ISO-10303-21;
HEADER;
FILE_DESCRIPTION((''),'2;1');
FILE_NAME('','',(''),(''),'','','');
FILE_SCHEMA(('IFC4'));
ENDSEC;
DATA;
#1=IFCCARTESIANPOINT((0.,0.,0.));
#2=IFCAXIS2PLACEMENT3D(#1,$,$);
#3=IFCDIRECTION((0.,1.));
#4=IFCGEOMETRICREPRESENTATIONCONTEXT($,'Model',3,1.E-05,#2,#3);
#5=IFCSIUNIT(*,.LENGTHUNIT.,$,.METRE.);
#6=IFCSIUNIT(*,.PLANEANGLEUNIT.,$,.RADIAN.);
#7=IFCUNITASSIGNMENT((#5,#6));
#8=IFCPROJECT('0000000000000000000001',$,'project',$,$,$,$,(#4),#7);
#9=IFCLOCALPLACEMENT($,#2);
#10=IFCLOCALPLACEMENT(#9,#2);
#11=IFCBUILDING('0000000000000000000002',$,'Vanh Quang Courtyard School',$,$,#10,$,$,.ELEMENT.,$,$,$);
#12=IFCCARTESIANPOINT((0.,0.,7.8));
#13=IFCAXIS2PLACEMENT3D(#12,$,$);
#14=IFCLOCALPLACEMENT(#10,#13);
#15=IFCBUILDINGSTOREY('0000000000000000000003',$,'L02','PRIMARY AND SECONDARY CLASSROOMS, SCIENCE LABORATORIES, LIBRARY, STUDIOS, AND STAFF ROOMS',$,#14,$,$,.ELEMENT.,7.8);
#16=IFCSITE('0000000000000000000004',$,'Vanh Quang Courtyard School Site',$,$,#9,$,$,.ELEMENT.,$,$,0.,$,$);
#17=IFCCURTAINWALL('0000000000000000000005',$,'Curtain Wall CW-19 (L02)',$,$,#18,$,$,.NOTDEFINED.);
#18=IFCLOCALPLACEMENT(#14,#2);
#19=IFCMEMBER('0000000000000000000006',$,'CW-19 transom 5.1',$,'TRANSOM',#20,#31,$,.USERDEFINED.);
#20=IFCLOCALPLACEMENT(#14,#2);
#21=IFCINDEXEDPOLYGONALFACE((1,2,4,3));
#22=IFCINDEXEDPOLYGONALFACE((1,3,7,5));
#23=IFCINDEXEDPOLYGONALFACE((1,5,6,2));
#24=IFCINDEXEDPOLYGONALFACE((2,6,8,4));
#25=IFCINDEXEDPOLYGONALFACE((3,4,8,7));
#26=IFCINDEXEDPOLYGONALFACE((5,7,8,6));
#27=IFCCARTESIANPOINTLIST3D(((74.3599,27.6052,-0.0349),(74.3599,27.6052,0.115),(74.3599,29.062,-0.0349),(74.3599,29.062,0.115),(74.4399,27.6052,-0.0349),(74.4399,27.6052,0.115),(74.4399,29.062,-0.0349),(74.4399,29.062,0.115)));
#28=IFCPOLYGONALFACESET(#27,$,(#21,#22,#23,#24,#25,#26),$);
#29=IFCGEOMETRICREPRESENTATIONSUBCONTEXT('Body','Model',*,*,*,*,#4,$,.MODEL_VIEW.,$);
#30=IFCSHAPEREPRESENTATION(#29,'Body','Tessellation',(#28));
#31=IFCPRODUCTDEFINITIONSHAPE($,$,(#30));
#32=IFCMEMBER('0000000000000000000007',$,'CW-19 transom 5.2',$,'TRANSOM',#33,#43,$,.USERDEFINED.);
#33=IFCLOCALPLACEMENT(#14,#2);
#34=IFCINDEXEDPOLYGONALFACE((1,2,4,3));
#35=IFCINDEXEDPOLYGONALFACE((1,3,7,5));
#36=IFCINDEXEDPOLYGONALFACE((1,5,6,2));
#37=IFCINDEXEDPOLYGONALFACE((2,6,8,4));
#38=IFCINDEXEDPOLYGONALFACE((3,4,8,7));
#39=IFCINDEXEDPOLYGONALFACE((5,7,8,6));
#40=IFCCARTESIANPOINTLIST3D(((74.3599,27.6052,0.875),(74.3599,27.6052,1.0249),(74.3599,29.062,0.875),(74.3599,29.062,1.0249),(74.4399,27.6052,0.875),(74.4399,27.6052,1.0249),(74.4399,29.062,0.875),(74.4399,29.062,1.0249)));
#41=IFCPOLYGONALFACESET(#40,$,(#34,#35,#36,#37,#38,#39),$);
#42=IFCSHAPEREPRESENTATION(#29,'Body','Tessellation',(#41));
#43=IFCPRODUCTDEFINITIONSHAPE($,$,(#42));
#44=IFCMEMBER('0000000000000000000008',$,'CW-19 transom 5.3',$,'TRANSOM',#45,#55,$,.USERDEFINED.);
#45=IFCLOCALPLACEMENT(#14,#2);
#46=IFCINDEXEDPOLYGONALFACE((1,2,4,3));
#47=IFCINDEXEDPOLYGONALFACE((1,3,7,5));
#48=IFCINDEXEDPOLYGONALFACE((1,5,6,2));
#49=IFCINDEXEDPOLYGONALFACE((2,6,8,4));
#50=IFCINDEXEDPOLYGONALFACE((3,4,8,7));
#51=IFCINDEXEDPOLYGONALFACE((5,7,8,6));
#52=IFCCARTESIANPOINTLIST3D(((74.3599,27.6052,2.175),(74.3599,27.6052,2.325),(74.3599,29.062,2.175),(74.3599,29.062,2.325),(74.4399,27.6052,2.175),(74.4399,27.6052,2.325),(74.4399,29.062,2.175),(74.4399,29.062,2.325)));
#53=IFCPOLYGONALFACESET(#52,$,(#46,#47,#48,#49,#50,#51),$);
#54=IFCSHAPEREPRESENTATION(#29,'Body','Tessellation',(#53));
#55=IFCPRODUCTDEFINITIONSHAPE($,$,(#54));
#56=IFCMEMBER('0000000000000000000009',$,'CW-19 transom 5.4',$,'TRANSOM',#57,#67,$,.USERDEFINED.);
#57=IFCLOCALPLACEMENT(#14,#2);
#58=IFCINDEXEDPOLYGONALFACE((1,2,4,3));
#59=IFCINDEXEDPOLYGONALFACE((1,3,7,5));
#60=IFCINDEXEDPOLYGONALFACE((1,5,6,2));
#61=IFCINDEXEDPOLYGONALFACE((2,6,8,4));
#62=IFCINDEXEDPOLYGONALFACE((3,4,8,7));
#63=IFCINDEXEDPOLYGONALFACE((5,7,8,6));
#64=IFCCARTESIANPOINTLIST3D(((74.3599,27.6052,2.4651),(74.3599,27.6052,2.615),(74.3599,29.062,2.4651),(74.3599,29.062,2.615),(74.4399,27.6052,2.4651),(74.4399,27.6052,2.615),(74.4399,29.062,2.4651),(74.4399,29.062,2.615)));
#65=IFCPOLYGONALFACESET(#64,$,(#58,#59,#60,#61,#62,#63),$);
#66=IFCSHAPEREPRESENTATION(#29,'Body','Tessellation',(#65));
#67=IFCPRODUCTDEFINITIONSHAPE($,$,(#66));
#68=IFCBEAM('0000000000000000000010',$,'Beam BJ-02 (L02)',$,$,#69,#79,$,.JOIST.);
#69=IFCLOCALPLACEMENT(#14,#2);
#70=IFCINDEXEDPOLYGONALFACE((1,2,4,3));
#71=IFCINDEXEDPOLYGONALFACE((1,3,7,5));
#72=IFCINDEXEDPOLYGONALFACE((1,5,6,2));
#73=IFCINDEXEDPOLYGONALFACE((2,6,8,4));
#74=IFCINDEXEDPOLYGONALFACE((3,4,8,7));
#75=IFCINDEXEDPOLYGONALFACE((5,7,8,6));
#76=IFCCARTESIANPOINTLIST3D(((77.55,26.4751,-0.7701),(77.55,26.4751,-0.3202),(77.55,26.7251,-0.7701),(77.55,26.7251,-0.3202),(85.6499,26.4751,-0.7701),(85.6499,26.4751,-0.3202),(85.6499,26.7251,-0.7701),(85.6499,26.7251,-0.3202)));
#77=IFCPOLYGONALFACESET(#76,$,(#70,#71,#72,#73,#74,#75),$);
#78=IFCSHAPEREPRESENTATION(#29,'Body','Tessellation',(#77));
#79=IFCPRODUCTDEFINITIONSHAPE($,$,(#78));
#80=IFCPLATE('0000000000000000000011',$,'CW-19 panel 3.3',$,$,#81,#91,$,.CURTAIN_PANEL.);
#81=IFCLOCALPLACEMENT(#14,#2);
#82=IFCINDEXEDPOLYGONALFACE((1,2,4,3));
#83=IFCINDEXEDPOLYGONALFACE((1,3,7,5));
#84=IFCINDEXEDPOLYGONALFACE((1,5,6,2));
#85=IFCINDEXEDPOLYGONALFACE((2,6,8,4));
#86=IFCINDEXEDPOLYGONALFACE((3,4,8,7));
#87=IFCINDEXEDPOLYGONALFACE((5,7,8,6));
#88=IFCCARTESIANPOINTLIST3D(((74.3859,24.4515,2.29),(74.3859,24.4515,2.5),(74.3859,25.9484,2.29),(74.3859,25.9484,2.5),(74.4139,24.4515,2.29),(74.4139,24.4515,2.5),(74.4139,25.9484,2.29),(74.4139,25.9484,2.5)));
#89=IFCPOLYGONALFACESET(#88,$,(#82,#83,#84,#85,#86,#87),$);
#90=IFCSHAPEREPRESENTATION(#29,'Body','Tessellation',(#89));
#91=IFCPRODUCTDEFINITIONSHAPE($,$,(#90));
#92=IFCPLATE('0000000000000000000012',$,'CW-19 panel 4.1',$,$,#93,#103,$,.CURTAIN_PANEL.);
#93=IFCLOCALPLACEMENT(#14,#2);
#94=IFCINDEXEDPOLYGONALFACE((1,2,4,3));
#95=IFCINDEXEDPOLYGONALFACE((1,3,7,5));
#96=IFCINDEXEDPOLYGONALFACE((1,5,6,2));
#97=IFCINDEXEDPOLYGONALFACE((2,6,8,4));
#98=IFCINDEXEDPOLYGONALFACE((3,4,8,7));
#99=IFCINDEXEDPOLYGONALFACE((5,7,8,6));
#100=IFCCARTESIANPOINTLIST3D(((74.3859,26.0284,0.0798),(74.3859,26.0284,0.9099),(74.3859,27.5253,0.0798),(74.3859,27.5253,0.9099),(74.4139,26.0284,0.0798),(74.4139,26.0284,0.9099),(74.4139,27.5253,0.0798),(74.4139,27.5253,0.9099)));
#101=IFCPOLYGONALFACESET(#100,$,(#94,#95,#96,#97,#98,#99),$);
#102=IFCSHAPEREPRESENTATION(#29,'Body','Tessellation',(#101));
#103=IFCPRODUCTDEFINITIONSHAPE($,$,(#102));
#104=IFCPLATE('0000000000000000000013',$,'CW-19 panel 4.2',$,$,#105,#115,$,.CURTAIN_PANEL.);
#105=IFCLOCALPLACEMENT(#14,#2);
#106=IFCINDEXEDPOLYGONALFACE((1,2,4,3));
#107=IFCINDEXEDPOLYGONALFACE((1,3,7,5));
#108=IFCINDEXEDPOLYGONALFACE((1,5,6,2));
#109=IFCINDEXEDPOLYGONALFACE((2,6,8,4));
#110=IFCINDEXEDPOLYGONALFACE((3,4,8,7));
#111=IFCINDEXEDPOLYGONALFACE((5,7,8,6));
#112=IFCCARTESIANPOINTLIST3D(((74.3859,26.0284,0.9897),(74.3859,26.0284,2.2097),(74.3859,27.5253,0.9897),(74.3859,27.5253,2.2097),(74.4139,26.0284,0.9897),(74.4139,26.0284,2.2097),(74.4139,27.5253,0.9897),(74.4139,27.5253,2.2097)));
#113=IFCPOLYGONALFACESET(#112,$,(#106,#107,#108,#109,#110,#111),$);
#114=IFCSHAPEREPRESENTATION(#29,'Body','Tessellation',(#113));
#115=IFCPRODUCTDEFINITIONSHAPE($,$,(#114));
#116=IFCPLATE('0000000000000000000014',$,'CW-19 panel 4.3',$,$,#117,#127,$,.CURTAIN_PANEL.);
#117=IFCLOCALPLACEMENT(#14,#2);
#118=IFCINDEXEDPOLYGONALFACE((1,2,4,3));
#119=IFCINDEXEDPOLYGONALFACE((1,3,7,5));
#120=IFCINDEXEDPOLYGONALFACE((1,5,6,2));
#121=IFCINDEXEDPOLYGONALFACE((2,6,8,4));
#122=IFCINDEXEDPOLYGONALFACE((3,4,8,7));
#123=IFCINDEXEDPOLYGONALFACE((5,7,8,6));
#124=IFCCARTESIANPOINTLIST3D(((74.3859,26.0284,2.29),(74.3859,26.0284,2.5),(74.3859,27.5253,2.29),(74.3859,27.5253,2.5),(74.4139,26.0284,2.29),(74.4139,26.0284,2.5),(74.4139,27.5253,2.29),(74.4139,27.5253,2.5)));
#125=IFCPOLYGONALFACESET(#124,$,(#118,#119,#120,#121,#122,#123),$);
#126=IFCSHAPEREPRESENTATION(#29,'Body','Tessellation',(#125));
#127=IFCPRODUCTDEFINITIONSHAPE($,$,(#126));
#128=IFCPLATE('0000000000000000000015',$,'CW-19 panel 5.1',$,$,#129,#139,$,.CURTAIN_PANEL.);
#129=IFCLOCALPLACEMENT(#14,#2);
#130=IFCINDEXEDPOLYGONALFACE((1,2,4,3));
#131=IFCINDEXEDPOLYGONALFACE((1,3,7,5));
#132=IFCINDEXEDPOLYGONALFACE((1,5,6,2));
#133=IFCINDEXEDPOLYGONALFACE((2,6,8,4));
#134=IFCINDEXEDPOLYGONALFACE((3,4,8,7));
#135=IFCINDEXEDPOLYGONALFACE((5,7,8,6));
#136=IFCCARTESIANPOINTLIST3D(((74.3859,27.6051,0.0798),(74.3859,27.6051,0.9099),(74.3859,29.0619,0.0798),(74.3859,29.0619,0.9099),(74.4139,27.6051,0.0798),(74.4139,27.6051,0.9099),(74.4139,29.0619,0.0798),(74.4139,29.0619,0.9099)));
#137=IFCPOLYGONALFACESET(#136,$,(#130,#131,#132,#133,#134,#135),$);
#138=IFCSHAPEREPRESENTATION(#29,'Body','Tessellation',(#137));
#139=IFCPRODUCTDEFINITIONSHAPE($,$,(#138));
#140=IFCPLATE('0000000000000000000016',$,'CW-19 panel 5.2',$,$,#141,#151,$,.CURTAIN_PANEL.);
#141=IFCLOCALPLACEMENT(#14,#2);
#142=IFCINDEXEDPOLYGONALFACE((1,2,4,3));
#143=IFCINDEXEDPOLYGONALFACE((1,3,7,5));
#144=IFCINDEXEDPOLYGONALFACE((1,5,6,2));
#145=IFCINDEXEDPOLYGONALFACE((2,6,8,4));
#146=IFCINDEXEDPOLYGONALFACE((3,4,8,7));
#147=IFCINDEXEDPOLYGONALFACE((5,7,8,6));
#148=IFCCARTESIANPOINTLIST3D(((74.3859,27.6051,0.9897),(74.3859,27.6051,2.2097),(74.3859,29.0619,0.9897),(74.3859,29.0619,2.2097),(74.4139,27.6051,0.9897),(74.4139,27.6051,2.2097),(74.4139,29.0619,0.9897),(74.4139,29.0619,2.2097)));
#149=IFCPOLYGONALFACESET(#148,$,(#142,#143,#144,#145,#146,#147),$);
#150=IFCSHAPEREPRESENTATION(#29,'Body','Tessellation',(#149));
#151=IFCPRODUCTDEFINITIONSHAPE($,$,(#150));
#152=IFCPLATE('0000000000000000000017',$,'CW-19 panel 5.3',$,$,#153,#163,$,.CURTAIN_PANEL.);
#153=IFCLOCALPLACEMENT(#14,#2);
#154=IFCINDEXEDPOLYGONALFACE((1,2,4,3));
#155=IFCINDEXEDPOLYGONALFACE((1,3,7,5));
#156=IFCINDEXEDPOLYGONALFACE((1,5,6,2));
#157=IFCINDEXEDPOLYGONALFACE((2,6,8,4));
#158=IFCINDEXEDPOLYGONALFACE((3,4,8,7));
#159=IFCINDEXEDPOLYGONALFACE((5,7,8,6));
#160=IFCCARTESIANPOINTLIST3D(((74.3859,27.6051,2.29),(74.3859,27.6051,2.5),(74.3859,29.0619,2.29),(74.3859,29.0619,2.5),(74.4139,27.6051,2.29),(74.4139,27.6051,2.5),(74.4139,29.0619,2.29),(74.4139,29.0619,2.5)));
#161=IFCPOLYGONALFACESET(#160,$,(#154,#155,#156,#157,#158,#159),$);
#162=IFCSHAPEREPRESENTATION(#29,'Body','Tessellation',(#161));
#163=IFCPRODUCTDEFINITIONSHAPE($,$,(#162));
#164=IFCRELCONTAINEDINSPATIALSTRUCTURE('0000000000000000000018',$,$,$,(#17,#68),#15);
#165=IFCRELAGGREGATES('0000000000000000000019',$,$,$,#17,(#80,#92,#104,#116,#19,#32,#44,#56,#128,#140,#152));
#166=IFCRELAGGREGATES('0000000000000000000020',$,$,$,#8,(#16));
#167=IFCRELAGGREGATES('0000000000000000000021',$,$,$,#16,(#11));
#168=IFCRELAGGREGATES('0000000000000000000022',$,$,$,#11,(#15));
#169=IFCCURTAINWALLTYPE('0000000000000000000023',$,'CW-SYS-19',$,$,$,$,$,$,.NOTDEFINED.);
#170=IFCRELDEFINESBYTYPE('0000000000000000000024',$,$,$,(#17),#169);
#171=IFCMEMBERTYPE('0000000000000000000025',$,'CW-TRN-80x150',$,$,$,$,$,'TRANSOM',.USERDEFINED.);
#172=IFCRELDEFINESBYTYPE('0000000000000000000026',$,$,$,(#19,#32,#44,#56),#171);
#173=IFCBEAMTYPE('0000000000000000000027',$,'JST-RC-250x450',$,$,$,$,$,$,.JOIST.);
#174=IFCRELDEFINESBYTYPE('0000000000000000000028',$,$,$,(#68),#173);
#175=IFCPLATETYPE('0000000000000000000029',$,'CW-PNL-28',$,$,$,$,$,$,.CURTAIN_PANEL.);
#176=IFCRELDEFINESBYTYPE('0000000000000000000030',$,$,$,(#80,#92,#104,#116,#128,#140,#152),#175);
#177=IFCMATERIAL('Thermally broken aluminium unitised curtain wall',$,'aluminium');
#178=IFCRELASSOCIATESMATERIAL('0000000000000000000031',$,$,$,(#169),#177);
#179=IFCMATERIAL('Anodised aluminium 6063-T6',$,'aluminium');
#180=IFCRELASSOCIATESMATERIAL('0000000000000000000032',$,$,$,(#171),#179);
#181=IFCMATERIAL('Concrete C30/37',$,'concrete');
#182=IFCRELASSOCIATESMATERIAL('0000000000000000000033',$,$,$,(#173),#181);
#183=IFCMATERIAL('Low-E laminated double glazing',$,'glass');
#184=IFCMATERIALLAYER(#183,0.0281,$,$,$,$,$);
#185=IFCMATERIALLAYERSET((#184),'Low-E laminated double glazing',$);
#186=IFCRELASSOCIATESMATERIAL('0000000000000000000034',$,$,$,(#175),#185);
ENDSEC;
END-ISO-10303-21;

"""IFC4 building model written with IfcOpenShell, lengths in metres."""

from ifc_helpers import new_model, si_unit, direction, frame, origin, origin_2d, place, context, subcontext, project, spatial, rectangle, extrude, material, layer, layer_set, material_profile, profile_set, type_object, element, aggregate, save


model = new_model("IFC4")

# Units and contexts
model_context = context("Model", 3, precision=1e-05, world=origin(), true_north=direction((0.0, 1.0)))
body_context = subcontext(model_context, "Body", "Model", "MODEL_VIEW")
ifc_project = project(units=[si_unit("LENGTHUNIT", "METRE"), si_unit("PLANEANGLEUNIT", "RADIAN")], contexts=[model_context])

# Site, building, storey
site_placement = place(None, origin())
site = spatial("IfcSite", under=ifc_project, at=site_placement, Name="Vanh Quang Courtyard School Site", CompositionType="ELEMENT", RefElevation=0.0)
building_placement = place(site_placement, origin())
building = spatial("IfcBuilding", under=site, at=building_placement, Name="Vanh Quang Courtyard School", CompositionType="ELEMENT")
storey_placement = place(building_placement, frame((0.0, 0.0, 7.8)))
storey = spatial("IfcBuildingStorey", under=building, at=storey_placement, Name="L02", Description="PRIMARY AND SECONDARY CLASSROOMS, SCIENCE LABORATORIES, LIBRARY, STUDIOS, AND STAFF ROOMS", CompositionType="ELEMENT", Elevation=7.8)

# Shared definitions
ifc_material_1 = material(Name="Thermally broken aluminium unitised curtain wall", Category="aluminium")
ifc_material_2 = material(Name="Anodised aluminium 6063-T6", Category="aluminium")

# Curtain wall, members
curtain_wall_type_1 = type_object("IfcCurtainWallType", Name="CW-SYS-19", PredefinedType="NOTDEFINED", material=ifc_material_1)
curtain_wall_1_placement = place(storey_placement, origin())
curtain_wall_1 = element("IfcCurtainWall", 1, at=curtain_wall_1_placement, inside=storey, type_object=curtain_wall_type_1, Name="Curtain Wall CW-19 (L02)", PredefinedType="NOTDEFINED")
ifc_material_profile_1 = material_profile(ifc_material_2, rectangle(XDim=0.0801, YDim=0.1499, at=origin_2d()), Name="ALU-TRN 80x150")
ifc_profile_set_1 = profile_set([ifc_material_profile_1], Name="Anodised aluminium 6063-T6")
member_type_1 = type_object("IfcMemberType", Name="CW-TRN-80x150", ElementType="TRANSOM", PredefinedType="USERDEFINED", material=ifc_profile_set_1)
member_1_placement = place(storey_placement, frame((74.3999, 27.6052, 0.04), z_axis=(0.0, 1.0, 0.0), x_axis=(-1.0, 0.0, 0.0)))
member_1 = element("IfcMember", 2, at=member_1_placement, type_object=member_type_1, Name="CW-19 transom 5.1", ObjectType="TRANSOM", PredefinedType="USERDEFINED", context=body_context, shape_type="SweptSolid", body=[
    extrude(rectangle(XDim=0.0801, YDim=0.1499, at=origin_2d()), origin(), (0.0, 0.0, 1.0), 1.4568),
])
member_2_placement = place(storey_placement, frame((74.3999, 27.6052, 0.95), z_axis=(0.0, 1.0, 0.0), x_axis=(-1.0, 0.0, 0.0)))
member_2 = element("IfcMember", 3, at=member_2_placement, type_object=member_type_1, Name="CW-19 transom 5.2", ObjectType="TRANSOM", PredefinedType="USERDEFINED", context=body_context, shape_type="SweptSolid", body=[
    extrude(rectangle(XDim=0.0801, YDim=0.1499, at=origin_2d()), origin(), (0.0, 0.0, 1.0), 1.4568),
])
member_3_placement = place(storey_placement, frame((74.3999, 27.6052, 2.25), z_axis=(0.0, 1.0, 0.0), x_axis=(-1.0, 0.0, 0.0)))
member_3 = element("IfcMember", 4, at=member_3_placement, type_object=member_type_1, Name="CW-19 transom 5.3", ObjectType="TRANSOM", PredefinedType="USERDEFINED", context=body_context, shape_type="SweptSolid", body=[
    extrude(rectangle(XDim=0.0801, YDim=0.1499, at=origin_2d()), origin(), (0.0, 0.0, 1.0), 1.4568),
])
member_4_placement = place(storey_placement, frame((74.3999, 27.6052, 2.54), z_axis=(0.0, 1.0, 0.0), x_axis=(-1.0, 0.0, 0.0)))
member_4 = element("IfcMember", 5, at=member_4_placement, type_object=member_type_1, Name="CW-19 transom 5.4", ObjectType="TRANSOM", PredefinedType="USERDEFINED", context=body_context, shape_type="SweptSolid", body=[
    extrude(rectangle(XDim=0.0801, YDim=0.1499, at=origin_2d()), origin(), (0.0, 0.0, 1.0), 1.4568),
])

# Beam
ifc_material_3 = material(Name="Concrete C30/37", Category="concrete")
ifc_material_profile_2 = material_profile(ifc_material_3, rectangle(XDim=0.25, YDim=0.45, at=origin_2d()), Name="RC-JST 250x450")
ifc_profile_set_2 = profile_set([ifc_material_profile_2], Name="Concrete C30/37")
beam_type_1 = type_object("IfcBeamType", Name="JST-RC-250x450", PredefinedType="JOIST", material=ifc_profile_set_2)
beam_1_placement = place(storey_placement, frame((77.55, 26.6001, -0.5452), z_axis=(1.0, 0.0, 0.0), x_axis=(0.0, 1.0, 0.0)))
element("IfcBeam", 6, at=beam_1_placement, inside=storey, type_object=beam_type_1, Name="Beam BJ-02 (L02)", PredefinedType="JOIST", context=body_context, shape_type="SweptSolid", body=[
    extrude(rectangle(XDim=0.25, YDim=0.45, at=origin_2d()), origin(), (0.0, 0.0, 1.0), 8.0999),
])

# Plates
ifc_material_4 = material(Name="Low-E laminated double glazing", Category="glass")
ifc_layer = layer(ifc_material_4, 0.0281)
ifc_layer_set = layer_set([ifc_layer], Name="Low-E laminated double glazing")
plate_type = type_object("IfcPlateType", Name="CW-PNL-28", PredefinedType="CURTAIN_PANEL", material=ifc_layer_set)
plate_1_placement = place(storey_placement, frame((74.3999, 25.2, 2.29), z_axis=(0.0, 0.0, 1.0), x_axis=(0.0, 1.0, 0.0)))
plate_1 = element("IfcPlate", 7, at=plate_1_placement, type_object=plate_type, Name="CW-19 panel 3.3", PredefinedType="CURTAIN_PANEL", context=body_context, shape_type="SweptSolid", body=[
    extrude(rectangle(XDim=1.4968, YDim=0.0281, at=origin_2d()), origin(), (0.0, 0.0, 1.0), 0.21),
])
plate_2_placement = place(storey_placement, frame((74.3999, 26.7769, 0.0798), z_axis=(0.0, 0.0, 1.0), x_axis=(0.0, 1.0, 0.0)))
plate_2 = element("IfcPlate", 8, at=plate_2_placement, type_object=plate_type, Name="CW-19 panel 4.1", PredefinedType="CURTAIN_PANEL", context=body_context, shape_type="SweptSolid", body=[
    extrude(rectangle(XDim=1.4968, YDim=0.0281, at=origin_2d()), origin(), (0.0, 0.0, 1.0), 0.8301),
])
plate_3_placement = place(storey_placement, frame((74.3999, 26.7769, 0.9897), z_axis=(0.0, 0.0, 1.0), x_axis=(0.0, 1.0, 0.0)))
plate_3 = element("IfcPlate", 9, at=plate_3_placement, type_object=plate_type, Name="CW-19 panel 4.2", PredefinedType="CURTAIN_PANEL", context=body_context, shape_type="SweptSolid", body=[
    extrude(rectangle(XDim=1.4968, YDim=0.0281, at=origin_2d()), origin(), (0.0, 0.0, 1.0), 1.22),
])
plate_4_placement = place(storey_placement, frame((74.3999, 26.7769, 2.29), z_axis=(0.0, 0.0, 1.0), x_axis=(0.0, 1.0, 0.0)))
plate_4 = element("IfcPlate", 10, at=plate_4_placement, type_object=plate_type, Name="CW-19 panel 4.3", PredefinedType="CURTAIN_PANEL", context=body_context, shape_type="SweptSolid", body=[
    extrude(rectangle(XDim=1.4968, YDim=0.0281, at=origin_2d()), origin(), (0.0, 0.0, 1.0), 0.21),
])
plate_5_placement = place(storey_placement, frame((74.3999, 28.3335, 0.0798), z_axis=(0.0, 0.0, 1.0), x_axis=(0.0, 1.0, 0.0)))
plate_5 = element("IfcPlate", 11, at=plate_5_placement, type_object=plate_type, Name="CW-19 panel 5.1", PredefinedType="CURTAIN_PANEL", context=body_context, shape_type="SweptSolid", body=[
    extrude(rectangle(XDim=1.4568, YDim=0.0281, at=origin_2d()), origin(), (0.0, 0.0, 1.0), 0.8301),
])
plate_6_placement = place(storey_placement, frame((74.3999, 28.3335, 0.9897), z_axis=(0.0, 0.0, 1.0), x_axis=(0.0, 1.0, 0.0)))
plate_6 = element("IfcPlate", 12, at=plate_6_placement, type_object=plate_type, Name="CW-19 panel 5.2", PredefinedType="CURTAIN_PANEL", context=body_context, shape_type="SweptSolid", body=[
    extrude(rectangle(XDim=1.4568, YDim=0.0281, at=origin_2d()), origin(), (0.0, 0.0, 1.0), 1.22),
])
plate_7_placement = place(storey_placement, frame((74.3999, 28.3335, 2.29), z_axis=(0.0, 0.0, 1.0), x_axis=(0.0, 1.0, 0.0)))
plate_7 = element("IfcPlate", 13, at=plate_7_placement, type_object=plate_type, Name="CW-19 panel 5.3", PredefinedType="CURTAIN_PANEL", context=body_context, shape_type="SweptSolid", body=[
    extrude(rectangle(XDim=1.4568, YDim=0.0281, at=origin_2d()), origin(), (0.0, 0.0, 1.0), 0.21),
])
aggregate(curtain_wall_1, [plate_1, plate_2, plate_3, plate_4, member_1, member_2, member_3, member_4, plate_5, plate_6, plate_7])

save(model, "model.ifc")
